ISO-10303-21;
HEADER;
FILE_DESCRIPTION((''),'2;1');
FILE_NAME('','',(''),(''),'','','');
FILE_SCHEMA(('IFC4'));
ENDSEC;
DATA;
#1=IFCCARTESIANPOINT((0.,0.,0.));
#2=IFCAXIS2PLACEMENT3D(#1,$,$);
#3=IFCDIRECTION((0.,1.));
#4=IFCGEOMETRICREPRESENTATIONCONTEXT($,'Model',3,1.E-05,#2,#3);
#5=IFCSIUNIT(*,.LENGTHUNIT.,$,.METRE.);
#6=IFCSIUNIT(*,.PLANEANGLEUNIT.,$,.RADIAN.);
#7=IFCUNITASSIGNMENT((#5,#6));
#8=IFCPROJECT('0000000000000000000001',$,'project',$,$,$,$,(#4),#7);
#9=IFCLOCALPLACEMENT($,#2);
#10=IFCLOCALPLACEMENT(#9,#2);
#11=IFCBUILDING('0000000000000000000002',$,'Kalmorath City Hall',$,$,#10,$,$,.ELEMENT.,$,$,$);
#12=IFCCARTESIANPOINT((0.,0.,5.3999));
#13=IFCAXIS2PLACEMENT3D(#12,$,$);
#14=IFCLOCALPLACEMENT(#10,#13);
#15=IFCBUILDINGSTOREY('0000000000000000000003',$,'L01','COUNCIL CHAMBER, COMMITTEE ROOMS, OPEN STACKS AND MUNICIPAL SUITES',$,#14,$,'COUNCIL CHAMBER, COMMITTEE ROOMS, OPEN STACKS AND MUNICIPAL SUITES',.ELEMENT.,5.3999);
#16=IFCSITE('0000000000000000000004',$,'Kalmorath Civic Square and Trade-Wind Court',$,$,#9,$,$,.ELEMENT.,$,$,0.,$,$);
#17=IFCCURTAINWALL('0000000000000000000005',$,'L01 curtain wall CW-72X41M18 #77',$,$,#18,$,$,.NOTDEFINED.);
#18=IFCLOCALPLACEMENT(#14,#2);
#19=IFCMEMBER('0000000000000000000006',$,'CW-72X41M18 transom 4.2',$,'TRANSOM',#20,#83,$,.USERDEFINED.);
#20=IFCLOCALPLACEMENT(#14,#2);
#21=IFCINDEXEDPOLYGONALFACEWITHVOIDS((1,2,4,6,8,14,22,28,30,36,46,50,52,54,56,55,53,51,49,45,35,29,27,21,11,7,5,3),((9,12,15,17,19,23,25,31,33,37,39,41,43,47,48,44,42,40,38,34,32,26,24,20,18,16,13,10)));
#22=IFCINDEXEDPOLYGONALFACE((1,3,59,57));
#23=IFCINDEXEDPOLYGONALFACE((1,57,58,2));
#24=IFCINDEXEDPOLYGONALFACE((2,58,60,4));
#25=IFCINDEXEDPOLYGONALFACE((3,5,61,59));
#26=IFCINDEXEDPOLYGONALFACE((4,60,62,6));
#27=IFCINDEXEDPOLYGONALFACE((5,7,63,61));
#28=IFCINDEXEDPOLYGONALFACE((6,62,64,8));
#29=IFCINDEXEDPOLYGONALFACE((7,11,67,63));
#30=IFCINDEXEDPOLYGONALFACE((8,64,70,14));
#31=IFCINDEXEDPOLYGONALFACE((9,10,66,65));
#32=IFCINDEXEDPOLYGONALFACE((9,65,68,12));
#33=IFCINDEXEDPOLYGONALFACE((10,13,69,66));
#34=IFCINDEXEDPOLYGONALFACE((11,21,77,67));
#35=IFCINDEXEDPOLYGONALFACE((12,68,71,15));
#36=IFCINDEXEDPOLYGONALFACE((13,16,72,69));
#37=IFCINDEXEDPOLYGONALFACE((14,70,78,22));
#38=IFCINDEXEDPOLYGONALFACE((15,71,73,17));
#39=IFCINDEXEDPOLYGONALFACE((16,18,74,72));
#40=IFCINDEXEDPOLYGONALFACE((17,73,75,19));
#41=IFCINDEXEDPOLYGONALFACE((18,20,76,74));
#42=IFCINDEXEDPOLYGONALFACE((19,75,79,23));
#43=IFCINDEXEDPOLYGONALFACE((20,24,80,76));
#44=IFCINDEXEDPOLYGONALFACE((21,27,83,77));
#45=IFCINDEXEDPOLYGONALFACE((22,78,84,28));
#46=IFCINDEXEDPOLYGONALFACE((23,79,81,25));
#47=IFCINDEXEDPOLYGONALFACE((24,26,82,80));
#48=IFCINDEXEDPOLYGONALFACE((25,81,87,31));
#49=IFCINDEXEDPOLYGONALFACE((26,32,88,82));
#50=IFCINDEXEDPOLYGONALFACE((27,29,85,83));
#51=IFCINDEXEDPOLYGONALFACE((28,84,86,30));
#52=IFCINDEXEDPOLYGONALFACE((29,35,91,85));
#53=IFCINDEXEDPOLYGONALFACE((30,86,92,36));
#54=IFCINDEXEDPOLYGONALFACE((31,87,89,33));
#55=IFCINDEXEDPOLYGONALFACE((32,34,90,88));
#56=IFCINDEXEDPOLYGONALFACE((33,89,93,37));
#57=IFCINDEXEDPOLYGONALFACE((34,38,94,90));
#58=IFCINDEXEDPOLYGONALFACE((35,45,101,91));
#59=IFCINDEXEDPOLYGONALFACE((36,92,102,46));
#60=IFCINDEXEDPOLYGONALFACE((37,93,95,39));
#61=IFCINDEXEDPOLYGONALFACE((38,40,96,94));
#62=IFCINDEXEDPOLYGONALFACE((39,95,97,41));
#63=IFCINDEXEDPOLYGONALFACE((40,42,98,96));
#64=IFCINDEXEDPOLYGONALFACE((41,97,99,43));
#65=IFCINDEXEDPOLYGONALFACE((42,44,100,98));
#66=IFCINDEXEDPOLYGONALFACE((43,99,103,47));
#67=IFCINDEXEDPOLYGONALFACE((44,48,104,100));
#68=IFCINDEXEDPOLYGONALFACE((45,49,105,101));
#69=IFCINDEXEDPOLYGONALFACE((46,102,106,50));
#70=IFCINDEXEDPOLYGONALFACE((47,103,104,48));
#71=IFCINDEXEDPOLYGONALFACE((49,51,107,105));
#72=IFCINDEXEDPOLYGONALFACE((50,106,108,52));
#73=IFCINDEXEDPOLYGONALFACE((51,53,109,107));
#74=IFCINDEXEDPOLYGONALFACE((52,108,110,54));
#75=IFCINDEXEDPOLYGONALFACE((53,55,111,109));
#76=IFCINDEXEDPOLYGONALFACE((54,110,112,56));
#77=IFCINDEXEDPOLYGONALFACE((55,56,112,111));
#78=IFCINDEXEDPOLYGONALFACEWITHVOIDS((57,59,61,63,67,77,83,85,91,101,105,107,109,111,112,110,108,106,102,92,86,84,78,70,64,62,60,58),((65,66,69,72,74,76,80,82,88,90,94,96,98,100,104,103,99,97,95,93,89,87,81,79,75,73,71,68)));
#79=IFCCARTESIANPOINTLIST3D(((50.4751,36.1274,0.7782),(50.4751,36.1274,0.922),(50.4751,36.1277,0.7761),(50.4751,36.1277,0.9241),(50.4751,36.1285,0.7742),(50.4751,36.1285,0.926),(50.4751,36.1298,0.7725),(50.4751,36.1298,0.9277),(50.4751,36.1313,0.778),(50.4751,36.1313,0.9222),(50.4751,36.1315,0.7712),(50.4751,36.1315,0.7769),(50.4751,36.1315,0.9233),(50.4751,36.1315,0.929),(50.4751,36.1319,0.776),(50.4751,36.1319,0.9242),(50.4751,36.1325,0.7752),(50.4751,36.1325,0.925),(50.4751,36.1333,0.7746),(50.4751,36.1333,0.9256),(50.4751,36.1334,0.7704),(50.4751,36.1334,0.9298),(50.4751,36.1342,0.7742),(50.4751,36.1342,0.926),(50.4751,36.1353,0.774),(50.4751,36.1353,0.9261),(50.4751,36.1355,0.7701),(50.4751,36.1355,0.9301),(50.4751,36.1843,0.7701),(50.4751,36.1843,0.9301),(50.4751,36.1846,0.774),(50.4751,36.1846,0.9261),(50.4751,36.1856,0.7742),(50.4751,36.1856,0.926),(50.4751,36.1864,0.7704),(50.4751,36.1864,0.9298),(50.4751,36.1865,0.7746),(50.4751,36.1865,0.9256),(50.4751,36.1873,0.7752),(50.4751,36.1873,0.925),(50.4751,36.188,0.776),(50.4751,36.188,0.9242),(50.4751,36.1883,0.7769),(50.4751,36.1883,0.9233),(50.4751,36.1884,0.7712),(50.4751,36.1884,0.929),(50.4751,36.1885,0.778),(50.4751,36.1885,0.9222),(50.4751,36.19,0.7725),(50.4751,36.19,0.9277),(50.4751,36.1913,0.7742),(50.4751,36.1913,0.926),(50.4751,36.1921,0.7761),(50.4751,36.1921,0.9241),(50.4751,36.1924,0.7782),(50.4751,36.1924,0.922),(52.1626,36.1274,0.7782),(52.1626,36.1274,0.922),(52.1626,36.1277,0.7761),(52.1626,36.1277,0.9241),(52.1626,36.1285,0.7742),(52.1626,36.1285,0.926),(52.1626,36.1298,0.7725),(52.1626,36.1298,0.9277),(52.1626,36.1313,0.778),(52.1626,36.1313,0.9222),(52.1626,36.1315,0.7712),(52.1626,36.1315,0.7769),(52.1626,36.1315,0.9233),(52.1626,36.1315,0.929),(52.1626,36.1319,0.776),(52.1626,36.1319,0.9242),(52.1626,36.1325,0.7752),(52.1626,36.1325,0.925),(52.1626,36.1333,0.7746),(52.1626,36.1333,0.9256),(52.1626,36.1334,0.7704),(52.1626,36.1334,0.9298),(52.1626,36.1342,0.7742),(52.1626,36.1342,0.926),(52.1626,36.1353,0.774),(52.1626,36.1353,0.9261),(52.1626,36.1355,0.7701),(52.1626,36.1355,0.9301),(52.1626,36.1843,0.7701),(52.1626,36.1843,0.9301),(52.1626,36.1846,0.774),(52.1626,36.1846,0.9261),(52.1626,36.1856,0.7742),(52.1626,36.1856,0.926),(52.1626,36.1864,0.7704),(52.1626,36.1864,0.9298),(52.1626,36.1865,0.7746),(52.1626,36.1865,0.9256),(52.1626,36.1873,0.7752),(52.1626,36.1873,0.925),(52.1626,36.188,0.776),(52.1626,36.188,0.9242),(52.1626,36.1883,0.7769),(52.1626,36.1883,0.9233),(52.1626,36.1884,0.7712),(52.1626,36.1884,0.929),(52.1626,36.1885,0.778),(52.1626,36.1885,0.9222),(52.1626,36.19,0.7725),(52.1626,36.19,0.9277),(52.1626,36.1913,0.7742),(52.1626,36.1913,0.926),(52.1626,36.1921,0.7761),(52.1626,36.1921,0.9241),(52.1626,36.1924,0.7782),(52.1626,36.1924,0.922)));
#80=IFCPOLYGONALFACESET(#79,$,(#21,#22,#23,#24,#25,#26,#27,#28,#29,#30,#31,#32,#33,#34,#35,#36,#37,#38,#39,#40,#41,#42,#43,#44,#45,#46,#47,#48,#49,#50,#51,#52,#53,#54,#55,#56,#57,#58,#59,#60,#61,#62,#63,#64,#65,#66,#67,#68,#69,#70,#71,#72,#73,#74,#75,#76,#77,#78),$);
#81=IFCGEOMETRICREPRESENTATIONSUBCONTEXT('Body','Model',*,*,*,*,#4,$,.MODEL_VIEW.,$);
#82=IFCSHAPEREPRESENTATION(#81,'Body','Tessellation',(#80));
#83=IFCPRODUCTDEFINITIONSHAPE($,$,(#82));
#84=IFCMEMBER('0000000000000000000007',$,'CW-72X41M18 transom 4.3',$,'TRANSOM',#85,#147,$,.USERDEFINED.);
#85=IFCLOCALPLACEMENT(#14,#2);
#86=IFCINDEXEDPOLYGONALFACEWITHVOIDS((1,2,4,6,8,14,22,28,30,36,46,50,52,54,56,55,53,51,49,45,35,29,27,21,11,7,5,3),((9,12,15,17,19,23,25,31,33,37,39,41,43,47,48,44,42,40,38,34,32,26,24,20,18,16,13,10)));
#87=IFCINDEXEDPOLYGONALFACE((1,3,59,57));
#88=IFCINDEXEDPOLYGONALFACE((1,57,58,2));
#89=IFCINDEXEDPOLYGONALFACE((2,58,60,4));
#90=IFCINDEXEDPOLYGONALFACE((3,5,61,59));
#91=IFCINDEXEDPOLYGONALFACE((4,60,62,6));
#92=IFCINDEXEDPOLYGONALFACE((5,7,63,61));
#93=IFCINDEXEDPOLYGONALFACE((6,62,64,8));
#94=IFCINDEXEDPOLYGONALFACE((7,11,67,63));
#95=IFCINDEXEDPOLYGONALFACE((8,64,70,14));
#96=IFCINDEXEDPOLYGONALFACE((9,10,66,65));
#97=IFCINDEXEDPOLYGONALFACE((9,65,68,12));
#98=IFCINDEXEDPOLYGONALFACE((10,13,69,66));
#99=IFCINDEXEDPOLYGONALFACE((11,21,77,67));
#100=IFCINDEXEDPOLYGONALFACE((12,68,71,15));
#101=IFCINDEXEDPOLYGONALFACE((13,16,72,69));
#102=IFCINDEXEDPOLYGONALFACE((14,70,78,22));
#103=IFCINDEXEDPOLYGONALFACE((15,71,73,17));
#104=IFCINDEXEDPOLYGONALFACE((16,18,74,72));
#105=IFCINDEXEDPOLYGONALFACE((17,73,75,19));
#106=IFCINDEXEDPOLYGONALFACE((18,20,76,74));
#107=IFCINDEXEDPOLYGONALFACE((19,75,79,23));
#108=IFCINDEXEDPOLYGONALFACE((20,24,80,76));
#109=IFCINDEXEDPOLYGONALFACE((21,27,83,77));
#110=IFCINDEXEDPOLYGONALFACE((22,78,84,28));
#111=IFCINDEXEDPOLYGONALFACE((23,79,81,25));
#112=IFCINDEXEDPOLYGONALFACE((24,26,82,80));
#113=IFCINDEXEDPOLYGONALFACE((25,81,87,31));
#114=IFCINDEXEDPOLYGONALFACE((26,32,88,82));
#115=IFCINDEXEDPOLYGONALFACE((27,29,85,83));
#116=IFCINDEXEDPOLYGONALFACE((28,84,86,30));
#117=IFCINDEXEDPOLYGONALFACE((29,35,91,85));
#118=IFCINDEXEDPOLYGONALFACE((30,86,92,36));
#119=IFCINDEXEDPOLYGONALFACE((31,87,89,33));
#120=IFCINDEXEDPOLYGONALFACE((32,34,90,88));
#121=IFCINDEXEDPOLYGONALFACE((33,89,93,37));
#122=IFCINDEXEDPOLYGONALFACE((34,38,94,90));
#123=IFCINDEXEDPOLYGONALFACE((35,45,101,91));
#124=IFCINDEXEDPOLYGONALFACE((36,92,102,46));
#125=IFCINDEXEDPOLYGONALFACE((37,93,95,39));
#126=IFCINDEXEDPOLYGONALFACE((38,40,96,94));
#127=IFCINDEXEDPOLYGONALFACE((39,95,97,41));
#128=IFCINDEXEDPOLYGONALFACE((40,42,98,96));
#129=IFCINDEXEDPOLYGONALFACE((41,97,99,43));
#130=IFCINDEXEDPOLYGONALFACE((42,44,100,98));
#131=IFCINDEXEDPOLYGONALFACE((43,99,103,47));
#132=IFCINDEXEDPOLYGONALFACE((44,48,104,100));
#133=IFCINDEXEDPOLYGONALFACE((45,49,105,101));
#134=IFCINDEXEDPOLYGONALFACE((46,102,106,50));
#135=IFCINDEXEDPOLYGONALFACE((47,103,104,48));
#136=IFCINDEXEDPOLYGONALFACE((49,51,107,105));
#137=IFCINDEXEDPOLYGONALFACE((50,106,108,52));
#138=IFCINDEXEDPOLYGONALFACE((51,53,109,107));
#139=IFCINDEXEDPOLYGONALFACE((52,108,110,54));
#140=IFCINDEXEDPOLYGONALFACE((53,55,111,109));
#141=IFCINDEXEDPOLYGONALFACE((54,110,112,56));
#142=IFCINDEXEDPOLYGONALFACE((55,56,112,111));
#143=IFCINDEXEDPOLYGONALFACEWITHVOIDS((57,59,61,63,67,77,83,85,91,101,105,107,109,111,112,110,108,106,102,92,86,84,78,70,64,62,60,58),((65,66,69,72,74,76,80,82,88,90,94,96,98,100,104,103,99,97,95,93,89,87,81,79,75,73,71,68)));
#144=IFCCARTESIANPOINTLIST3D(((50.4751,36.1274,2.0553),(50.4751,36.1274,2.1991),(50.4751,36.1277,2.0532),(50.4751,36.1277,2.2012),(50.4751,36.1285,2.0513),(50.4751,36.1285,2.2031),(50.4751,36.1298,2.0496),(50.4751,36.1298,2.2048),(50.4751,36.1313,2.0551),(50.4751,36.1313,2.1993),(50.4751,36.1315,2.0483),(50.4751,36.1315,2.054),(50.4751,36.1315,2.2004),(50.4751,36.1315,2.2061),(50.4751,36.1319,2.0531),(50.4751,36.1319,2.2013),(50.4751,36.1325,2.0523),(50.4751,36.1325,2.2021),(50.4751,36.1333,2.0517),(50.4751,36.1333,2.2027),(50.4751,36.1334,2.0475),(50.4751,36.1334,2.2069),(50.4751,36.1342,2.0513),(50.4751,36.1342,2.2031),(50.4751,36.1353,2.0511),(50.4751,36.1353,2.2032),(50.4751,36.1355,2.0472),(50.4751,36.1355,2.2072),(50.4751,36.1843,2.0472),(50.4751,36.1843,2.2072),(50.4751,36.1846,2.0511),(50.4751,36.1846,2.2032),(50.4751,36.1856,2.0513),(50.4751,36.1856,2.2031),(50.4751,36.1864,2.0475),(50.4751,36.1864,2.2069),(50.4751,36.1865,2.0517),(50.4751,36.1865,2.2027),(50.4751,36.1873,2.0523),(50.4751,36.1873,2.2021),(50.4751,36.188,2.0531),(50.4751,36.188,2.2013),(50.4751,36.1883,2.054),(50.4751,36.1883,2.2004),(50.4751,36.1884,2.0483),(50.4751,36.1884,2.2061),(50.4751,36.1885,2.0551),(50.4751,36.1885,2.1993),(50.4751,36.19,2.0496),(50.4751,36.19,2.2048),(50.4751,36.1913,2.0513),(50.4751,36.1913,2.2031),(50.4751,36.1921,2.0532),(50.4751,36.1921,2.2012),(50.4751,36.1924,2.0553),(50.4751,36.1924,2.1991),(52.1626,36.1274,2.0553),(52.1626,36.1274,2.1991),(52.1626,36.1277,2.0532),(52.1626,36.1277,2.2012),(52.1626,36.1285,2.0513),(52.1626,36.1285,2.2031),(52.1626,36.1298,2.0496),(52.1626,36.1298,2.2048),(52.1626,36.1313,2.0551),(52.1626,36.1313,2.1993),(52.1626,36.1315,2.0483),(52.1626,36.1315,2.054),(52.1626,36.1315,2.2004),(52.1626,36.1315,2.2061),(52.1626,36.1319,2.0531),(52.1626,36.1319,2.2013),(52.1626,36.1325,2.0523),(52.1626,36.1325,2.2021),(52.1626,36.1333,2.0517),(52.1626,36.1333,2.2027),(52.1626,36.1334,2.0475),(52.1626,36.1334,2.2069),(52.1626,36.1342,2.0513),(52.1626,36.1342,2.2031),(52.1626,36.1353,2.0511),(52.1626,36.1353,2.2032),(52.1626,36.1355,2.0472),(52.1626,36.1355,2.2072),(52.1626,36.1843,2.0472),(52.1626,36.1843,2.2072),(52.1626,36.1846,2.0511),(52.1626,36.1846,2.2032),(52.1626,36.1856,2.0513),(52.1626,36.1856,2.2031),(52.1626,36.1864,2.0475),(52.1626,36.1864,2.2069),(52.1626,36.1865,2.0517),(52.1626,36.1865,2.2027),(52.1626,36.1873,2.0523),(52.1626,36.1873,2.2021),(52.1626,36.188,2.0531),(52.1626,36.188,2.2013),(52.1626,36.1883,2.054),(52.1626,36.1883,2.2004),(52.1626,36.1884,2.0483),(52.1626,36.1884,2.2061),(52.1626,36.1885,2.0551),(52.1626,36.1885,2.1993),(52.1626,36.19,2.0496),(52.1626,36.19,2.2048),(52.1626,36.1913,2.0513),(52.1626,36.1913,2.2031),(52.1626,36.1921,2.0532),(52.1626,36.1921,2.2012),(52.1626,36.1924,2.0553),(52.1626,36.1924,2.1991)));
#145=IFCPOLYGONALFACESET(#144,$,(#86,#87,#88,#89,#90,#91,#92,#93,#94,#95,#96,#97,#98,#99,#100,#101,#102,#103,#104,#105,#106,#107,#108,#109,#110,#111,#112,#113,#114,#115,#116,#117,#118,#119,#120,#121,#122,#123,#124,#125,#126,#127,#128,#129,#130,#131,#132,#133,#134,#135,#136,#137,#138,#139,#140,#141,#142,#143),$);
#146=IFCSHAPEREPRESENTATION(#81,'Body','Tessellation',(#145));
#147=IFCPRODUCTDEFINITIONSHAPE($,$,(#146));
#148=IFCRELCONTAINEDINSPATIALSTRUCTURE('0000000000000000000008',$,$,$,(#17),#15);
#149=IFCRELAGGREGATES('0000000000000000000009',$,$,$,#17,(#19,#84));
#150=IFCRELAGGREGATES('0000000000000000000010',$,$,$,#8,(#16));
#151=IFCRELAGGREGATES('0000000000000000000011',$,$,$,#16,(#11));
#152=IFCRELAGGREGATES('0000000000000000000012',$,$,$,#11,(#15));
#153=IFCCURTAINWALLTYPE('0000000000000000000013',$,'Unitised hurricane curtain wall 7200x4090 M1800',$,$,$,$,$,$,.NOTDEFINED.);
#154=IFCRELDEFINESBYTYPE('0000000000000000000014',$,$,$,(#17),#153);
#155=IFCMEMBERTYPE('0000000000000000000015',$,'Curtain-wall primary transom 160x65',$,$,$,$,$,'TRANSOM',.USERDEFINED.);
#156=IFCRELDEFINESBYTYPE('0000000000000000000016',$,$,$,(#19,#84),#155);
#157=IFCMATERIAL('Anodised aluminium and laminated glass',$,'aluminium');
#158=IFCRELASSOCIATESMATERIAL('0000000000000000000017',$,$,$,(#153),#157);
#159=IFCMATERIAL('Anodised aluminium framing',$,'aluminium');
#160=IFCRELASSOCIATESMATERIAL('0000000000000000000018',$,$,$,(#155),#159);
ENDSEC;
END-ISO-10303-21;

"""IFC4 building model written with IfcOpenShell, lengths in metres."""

from ifc_helpers import new_model, si_unit, direction, frame, origin, origin_2d, place, context, subcontext, project, spatial, hollow_rectangle, extrude, material, material_profile, profile_set, type_object, element, aggregate, save


model = new_model("IFC4")

# Units and contexts
model_context = context("Model", 3, precision=1e-05, world=origin(), true_north=direction((0.0, 1.0)))
body_context = subcontext(model_context, "Body", "Model", "MODEL_VIEW")
ifc_project = project(units=[si_unit("LENGTHUNIT", "METRE"), si_unit("PLANEANGLEUNIT", "RADIAN")], contexts=[model_context])

# Site, building, storey
site_placement = place(None, origin())
site = spatial("IfcSite", under=ifc_project, at=site_placement, Name="Kalmorath Civic Square and Trade-Wind Court", CompositionType="ELEMENT", RefElevation=0.0)
building_placement = place(site_placement, origin())
building = spatial("IfcBuilding", under=site, at=building_placement, Name="Kalmorath City Hall", CompositionType="ELEMENT")
storey_placement = place(building_placement, frame((0.0, 0.0, 5.3999)))
storey = spatial("IfcBuildingStorey", under=building, at=storey_placement, Name="L01", Description="COUNCIL CHAMBER, COMMITTEE ROOMS, OPEN STACKS AND MUNICIPAL SUITES", LongName="COUNCIL CHAMBER, COMMITTEE ROOMS, OPEN STACKS AND MUNICIPAL SUITES", CompositionType="ELEMENT", Elevation=5.3999)

# Curtain wall, members
ifc_material_1 = material(Name="Anodised aluminium and laminated glass", Category="aluminium")
curtain_wall_type = type_object("IfcCurtainWallType", Name="Unitised hurricane curtain wall 7200x4090 M1800", PredefinedType="NOTDEFINED", material=ifc_material_1)
curtain_wall_placement = place(storey_placement, origin())
curtain_wall = element("IfcCurtainWall", 1, at=curtain_wall_placement, inside=storey, type_object=curtain_wall_type, Name="L01 curtain wall CW-72X41M18 #77", PredefinedType="NOTDEFINED")
ifc_material_2 = material(Name="Anodised aluminium framing", Category="aluminium")
ifc_material_profile_1 = material_profile(ifc_material_2, hollow_rectangle(XDim=0.0649, YDim=0.1599, WallThickness=0.0039, InnerFilletRadius=0.0039, OuterFilletRadius=0.0081, at=origin_2d()), Name="ALU-TRN-160X65X4")
ifc_profile_set_1 = profile_set([ifc_material_profile_1], Name="Anodised aluminium framing")
member_type_1 = type_object("IfcMemberType", Name="Curtain-wall primary transom 160x65", ElementType="TRANSOM", PredefinedType="USERDEFINED", material=ifc_profile_set_1)
member_1_placement = place(storey_placement, frame((52.1626, 36.1599, 0.8501), z_axis=(-1.0, 0.0, 0.0), x_axis=(0.0, -1.0, 0.0)))
member_1 = element("IfcMember", 2, at=member_1_placement, type_object=member_type_1, Name="CW-72X41M18 transom 4.2", ObjectType="TRANSOM", PredefinedType="USERDEFINED", context=body_context, shape_type="SweptSolid", body=[
    extrude(hollow_rectangle(XDim=0.0649, YDim=0.1599, WallThickness=0.0039, InnerFilletRadius=0.0039, OuterFilletRadius=0.0081, at=origin_2d()), origin(), (0.0, 0.0, 1.0), 1.6875),
])
member_2_placement = place(storey_placement, frame((52.1626, 36.1599, 2.1272), z_axis=(-1.0, 0.0, 0.0), x_axis=(0.0, -1.0, 0.0)))
member_2 = element("IfcMember", 3, at=member_2_placement, type_object=member_type_1, Name="CW-72X41M18 transom 4.3", ObjectType="TRANSOM", PredefinedType="USERDEFINED", context=body_context, shape_type="SweptSolid", body=[
    extrude(hollow_rectangle(XDim=0.0649, YDim=0.1599, WallThickness=0.0039, InnerFilletRadius=0.0039, OuterFilletRadius=0.0081, at=origin_2d()), origin(), (0.0, 0.0, 1.0), 1.6875),
])
aggregate(curtain_wall, [member_1, member_2])

save(model, "model.ifc")
